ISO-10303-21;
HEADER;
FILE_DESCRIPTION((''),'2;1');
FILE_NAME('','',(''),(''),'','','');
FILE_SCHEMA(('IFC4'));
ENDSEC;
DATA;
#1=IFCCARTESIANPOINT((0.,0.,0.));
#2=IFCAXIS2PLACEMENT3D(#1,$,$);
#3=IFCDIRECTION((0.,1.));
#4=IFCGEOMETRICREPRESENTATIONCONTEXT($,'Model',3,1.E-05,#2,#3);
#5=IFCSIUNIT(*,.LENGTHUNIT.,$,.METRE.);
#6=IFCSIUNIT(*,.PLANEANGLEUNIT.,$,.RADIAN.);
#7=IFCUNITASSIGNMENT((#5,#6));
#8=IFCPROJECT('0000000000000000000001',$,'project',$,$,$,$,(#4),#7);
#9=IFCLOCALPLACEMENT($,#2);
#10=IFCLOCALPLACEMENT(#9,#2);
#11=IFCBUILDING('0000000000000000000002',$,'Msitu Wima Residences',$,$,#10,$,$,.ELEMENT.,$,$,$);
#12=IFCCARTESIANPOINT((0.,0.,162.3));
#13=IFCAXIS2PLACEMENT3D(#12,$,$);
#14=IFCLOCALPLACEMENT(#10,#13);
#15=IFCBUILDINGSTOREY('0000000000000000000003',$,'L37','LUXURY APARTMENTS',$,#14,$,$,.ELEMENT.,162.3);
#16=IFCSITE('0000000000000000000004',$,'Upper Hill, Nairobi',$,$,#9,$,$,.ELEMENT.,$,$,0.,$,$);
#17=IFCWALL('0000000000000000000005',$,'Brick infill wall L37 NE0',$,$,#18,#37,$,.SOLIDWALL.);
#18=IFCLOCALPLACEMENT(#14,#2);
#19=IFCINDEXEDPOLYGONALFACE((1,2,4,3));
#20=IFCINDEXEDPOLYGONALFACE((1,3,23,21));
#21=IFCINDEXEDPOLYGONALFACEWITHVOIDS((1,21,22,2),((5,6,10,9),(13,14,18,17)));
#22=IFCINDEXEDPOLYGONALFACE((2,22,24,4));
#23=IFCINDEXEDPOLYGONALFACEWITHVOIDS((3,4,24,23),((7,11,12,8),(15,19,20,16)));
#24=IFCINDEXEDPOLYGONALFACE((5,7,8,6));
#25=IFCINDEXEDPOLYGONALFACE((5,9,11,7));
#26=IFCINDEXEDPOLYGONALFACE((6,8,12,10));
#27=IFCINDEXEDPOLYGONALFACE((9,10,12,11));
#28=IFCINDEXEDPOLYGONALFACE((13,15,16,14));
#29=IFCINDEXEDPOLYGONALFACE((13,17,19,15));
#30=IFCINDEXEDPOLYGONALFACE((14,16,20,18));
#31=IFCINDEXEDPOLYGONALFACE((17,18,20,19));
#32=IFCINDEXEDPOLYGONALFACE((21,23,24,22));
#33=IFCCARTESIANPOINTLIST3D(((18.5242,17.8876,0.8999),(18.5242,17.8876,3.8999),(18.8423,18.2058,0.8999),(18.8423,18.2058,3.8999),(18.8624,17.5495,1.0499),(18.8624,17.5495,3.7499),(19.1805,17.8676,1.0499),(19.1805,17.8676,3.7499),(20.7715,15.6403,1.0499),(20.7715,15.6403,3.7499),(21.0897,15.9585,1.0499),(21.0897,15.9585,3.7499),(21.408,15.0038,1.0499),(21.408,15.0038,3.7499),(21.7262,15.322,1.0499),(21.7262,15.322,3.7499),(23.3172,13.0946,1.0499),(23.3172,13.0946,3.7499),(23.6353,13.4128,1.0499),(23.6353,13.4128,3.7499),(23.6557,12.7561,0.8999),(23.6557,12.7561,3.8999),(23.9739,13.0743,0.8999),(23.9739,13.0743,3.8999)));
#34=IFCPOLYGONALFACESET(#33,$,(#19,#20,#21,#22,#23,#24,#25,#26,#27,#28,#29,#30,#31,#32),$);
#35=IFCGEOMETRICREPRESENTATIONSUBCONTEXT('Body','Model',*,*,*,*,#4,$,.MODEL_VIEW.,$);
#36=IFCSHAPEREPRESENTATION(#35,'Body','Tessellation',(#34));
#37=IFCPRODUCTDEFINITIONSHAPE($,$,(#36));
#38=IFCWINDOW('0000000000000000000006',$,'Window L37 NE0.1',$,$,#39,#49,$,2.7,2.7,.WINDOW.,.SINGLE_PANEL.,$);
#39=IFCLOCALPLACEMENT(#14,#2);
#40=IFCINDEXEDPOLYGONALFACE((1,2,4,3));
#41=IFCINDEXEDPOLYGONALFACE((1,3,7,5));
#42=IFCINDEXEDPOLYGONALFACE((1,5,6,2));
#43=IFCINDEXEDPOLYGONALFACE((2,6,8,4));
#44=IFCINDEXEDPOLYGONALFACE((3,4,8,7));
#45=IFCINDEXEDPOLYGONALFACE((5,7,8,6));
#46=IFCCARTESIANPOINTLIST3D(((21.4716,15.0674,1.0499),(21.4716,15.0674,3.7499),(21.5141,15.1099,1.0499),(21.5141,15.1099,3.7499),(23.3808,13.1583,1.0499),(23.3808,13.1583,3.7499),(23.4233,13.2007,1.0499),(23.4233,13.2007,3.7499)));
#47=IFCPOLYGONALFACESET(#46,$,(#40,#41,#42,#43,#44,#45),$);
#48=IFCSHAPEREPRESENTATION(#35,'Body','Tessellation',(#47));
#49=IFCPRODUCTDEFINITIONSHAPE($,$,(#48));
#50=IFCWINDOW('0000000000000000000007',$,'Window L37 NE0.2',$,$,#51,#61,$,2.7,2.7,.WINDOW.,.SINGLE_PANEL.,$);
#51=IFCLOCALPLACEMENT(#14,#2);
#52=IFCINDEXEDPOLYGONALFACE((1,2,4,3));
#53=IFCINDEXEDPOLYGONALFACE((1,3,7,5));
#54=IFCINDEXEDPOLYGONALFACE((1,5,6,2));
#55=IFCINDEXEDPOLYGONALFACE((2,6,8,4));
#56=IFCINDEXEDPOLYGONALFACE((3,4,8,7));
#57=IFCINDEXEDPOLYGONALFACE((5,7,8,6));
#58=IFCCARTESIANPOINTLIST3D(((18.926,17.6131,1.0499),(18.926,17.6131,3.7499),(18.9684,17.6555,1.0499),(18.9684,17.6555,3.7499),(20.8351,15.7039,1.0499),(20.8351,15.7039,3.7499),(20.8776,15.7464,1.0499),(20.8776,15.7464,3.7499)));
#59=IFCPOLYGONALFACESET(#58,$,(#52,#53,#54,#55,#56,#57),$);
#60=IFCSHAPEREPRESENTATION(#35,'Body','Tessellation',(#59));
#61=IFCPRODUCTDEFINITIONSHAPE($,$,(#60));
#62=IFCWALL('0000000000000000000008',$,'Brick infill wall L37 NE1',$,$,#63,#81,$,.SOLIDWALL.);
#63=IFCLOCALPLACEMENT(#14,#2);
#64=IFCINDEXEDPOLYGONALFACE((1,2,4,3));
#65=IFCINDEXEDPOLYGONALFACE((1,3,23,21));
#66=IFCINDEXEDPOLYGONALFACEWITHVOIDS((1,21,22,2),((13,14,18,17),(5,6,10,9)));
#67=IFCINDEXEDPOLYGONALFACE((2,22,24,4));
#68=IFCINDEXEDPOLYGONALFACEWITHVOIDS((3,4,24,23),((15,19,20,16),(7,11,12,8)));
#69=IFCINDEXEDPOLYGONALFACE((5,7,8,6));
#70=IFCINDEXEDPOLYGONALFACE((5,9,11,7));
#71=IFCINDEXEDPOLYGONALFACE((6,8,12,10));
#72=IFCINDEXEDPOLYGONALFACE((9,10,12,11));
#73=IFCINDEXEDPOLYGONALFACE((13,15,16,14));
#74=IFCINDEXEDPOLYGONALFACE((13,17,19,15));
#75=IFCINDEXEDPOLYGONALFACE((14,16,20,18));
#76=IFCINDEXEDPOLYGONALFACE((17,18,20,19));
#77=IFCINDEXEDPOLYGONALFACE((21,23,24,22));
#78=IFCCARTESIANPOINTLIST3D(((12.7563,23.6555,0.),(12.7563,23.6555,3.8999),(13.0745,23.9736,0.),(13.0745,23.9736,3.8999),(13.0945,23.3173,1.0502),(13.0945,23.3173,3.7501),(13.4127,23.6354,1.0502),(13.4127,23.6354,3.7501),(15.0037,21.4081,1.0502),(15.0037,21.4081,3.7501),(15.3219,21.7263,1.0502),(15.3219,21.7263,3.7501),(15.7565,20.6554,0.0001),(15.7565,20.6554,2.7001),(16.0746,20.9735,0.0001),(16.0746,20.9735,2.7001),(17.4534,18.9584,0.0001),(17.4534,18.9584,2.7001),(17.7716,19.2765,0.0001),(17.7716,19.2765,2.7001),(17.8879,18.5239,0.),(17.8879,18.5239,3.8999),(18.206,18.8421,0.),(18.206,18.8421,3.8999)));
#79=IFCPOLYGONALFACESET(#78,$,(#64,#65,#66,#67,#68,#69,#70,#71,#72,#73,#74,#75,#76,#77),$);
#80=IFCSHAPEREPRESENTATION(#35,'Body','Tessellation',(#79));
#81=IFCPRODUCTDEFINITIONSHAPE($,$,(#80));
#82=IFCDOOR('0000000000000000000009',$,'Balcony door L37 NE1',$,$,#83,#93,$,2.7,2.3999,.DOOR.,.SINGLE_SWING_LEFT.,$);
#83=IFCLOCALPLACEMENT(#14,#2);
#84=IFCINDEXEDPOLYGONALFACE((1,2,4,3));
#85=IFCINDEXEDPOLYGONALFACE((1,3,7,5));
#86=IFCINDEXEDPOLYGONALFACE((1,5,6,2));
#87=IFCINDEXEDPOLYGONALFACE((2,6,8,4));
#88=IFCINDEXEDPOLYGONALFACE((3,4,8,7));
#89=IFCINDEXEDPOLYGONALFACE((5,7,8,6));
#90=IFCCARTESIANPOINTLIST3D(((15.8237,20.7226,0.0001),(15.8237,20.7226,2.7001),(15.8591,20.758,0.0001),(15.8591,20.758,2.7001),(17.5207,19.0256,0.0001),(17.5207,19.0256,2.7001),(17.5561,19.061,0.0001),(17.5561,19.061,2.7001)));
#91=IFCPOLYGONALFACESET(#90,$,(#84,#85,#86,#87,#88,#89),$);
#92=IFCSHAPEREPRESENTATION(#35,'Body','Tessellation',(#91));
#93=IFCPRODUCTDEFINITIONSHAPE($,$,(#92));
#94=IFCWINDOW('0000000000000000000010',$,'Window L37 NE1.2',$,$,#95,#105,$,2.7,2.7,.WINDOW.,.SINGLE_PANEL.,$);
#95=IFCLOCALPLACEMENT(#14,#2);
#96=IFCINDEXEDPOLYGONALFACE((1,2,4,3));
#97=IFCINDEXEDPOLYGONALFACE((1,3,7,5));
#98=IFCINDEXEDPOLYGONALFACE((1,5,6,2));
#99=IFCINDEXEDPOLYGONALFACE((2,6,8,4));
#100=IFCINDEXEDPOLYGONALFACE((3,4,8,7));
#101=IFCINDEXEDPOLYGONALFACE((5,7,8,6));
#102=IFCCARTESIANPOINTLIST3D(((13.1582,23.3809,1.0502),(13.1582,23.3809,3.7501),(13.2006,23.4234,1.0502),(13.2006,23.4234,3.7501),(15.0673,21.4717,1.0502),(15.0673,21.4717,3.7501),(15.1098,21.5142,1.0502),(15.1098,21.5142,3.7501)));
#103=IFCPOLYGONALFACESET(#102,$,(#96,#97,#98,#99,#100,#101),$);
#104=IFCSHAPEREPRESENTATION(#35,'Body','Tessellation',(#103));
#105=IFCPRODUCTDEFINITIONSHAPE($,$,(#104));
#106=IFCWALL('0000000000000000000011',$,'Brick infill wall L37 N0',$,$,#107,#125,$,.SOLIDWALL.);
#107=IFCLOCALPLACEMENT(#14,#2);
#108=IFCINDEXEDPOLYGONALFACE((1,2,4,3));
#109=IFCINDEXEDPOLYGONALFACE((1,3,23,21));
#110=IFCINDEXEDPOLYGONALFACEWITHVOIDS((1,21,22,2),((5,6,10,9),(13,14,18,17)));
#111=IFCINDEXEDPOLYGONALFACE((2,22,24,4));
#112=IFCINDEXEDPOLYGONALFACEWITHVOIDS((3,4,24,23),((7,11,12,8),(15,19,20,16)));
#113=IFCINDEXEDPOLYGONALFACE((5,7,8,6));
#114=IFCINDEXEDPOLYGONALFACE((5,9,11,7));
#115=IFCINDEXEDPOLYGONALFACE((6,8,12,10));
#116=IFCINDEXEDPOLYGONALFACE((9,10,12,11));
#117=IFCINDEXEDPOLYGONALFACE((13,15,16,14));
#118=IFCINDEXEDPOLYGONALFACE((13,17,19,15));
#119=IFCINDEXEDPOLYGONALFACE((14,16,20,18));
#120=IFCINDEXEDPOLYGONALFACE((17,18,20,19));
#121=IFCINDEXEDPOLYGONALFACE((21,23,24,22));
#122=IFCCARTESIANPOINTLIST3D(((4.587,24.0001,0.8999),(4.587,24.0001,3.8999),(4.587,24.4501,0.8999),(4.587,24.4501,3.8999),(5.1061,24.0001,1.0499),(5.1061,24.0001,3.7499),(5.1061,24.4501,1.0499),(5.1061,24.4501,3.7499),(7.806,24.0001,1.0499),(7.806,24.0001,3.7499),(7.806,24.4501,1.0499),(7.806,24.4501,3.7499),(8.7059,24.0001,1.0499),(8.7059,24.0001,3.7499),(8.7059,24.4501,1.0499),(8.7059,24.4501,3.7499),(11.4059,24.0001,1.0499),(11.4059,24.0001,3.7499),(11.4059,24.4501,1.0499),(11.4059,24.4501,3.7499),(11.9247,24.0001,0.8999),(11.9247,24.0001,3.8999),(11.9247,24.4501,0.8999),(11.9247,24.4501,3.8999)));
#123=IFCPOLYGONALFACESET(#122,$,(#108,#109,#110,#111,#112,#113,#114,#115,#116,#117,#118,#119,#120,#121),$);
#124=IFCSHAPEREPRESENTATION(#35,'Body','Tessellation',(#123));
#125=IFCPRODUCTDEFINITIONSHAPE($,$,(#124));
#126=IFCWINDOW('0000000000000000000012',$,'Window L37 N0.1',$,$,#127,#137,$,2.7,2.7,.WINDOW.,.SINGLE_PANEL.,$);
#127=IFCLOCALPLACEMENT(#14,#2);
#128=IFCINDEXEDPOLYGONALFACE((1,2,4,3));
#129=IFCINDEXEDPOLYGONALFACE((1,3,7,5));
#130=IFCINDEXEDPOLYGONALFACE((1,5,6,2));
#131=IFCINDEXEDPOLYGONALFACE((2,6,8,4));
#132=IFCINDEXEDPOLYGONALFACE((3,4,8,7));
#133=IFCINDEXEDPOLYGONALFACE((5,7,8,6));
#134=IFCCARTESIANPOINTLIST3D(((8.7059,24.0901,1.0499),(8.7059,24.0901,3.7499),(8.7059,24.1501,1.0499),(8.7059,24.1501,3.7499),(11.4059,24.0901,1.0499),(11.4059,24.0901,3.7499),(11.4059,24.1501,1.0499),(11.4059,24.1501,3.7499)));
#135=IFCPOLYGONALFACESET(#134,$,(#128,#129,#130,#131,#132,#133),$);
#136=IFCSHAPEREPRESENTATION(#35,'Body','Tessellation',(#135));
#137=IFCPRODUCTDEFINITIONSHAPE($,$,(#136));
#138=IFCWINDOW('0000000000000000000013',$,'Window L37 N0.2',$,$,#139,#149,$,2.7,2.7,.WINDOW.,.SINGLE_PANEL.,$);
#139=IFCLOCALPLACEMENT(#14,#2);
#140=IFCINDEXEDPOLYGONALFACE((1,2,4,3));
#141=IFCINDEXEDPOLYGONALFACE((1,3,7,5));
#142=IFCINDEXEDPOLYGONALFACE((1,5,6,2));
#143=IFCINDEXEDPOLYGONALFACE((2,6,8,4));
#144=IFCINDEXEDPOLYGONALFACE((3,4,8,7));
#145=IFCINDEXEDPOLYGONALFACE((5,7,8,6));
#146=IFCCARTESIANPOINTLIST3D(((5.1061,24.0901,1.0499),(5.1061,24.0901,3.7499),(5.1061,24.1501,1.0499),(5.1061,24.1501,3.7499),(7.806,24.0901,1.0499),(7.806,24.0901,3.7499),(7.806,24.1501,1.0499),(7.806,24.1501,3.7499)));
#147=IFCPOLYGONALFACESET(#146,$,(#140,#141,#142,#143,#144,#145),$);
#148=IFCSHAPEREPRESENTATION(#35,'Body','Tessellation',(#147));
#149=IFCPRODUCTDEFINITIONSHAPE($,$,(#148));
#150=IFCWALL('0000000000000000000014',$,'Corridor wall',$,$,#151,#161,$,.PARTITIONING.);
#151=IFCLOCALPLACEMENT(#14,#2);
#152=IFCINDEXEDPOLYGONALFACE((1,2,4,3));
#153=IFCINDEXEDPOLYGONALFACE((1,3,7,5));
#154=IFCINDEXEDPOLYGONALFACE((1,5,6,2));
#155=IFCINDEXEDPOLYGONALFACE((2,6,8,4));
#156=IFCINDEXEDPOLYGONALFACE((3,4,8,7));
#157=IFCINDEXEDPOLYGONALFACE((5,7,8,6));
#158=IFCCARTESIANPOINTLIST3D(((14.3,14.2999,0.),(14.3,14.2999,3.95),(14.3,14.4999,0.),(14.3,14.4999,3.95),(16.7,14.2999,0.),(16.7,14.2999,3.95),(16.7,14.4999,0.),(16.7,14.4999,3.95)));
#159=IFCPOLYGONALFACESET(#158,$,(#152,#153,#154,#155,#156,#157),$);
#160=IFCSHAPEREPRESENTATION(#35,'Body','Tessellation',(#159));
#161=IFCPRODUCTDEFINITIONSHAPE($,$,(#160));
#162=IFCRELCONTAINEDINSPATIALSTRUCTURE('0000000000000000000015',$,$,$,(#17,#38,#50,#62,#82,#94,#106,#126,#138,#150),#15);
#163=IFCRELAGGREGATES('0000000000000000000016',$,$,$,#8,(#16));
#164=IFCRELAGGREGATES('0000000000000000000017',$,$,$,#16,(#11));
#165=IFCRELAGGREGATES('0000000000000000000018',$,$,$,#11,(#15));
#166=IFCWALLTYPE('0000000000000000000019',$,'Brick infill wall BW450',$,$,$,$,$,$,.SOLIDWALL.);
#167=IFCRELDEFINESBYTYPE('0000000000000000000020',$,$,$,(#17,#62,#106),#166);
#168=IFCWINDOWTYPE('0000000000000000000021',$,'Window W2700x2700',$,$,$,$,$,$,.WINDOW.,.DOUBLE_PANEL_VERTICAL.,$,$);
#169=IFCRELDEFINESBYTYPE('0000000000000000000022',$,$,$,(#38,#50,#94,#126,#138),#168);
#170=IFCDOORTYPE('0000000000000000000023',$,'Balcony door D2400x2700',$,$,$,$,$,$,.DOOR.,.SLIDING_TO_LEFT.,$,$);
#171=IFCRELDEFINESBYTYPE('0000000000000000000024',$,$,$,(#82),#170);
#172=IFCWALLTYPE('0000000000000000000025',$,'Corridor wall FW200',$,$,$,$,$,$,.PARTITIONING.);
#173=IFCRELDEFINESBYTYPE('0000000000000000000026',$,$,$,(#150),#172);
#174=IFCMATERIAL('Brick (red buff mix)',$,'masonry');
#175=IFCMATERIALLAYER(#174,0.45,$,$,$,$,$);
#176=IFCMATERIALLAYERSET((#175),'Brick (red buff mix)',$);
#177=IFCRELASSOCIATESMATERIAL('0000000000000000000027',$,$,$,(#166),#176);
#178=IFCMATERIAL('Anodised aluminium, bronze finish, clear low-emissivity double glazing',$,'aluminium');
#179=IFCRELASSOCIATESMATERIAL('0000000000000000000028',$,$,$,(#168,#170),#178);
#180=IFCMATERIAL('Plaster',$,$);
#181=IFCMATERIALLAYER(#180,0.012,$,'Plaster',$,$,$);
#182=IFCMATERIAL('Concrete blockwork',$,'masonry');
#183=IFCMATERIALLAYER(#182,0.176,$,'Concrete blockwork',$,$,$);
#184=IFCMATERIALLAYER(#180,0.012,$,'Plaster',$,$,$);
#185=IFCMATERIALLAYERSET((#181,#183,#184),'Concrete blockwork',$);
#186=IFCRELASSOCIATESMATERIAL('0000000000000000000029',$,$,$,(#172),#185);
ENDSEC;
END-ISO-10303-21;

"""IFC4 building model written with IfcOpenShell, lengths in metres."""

from ifc_helpers import new_model, si_unit, direction, frame, frame_2d, origin, place, context, subcontext, project, spatial, rectangle, extrude, material, layer, layer_set, type_object, element, fill, save


model = new_model("IFC4")

# Units and contexts
model_context = context("Model", 3, precision=1e-05, world=origin(), true_north=direction((0.0, 1.0)))
body_context = subcontext(model_context, "Body", "Model", "MODEL_VIEW")
ifc_project = project(units=[si_unit("LENGTHUNIT", "METRE"), si_unit("PLANEANGLEUNIT", "RADIAN")], contexts=[model_context])

# Site, building, storey
site_placement = place(None, origin())
site = spatial("IfcSite", under=ifc_project, at=site_placement, Name="Upper Hill, Nairobi", CompositionType="ELEMENT", RefElevation=0.0)
building_placement = place(site_placement, origin())
building = spatial("IfcBuilding", under=site, at=building_placement, Name="Msitu Wima Residences", CompositionType="ELEMENT")
storey_placement = place(building_placement, frame((0.0, 0.0, 162.3)))
storey = spatial("IfcBuildingStorey", under=building, at=storey_placement, Name="L37", Description="LUXURY APARTMENTS", CompositionType="ELEMENT", Elevation=162.3)

# Wall, openings, windows
ifc_material_1 = material(Name="Brick (red buff mix)", Category="masonry")
ifc_layer_1 = layer(ifc_material_1, 0.45)
ifc_layer_set_1 = layer_set([ifc_layer_1], Name="Brick (red buff mix)")
wall_type_1 = type_object("IfcWallType", Name="Brick infill wall BW450", PredefinedType="SOLIDWALL", material=ifc_layer_set_1)
wall_1_placement = place(storey_placement, frame((23.8147, 12.9153, 0.8999), z_axis=(0.0, 0.0, 1.0), x_axis=(-0.707107, 0.707107, 0.0)))
wall_1 = element("IfcWall", 1, at=wall_1_placement, inside=storey, type_object=wall_type_1, Name="Brick infill wall L37 NE0", PredefinedType="SOLIDWALL", context=body_context, shape_type="SweptSolid", body=[
    extrude(rectangle(XDim=7.2571, YDim=0.45, at=frame_2d((3.6284, 0.0))), origin(), (0.0, 0.0, 1.0), 3.0),
])
opening_1_placement = place(wall_1_placement, frame((0.4785, 0.0, 0.1499)))
opening_1 = element("IfcOpeningElement", 2, at=opening_1_placement, cuts=wall_1, PredefinedType="OPENING", context=body_context, shape_type="SweptSolid", body=[
    extrude(rectangle(XDim=2.7, YDim=2.7, at=frame_2d((1.3501, 1.3501))), frame((0.0, 0.2349, 0.0), z_axis=(0.0, -1.0, 0.0), x_axis=(1.0, 0.0, 0.0)), (0.0, 0.0, 1.0), 0.47),
])
opening_2_placement = place(wall_1_placement, frame((4.0786, 0.0, 0.1499)))
opening_2 = element("IfcOpeningElement", 3, at=opening_2_placement, cuts=wall_1, PredefinedType="OPENING", context=body_context, shape_type="SweptSolid", body=[
    extrude(rectangle(XDim=2.7, YDim=2.7, at=frame_2d((1.3501, 1.3501))), frame((0.0, 0.2349, 0.0), z_axis=(0.0, -1.0, 0.0), x_axis=(1.0, 0.0, 0.0)), (0.0, 0.0, 1.0), 0.47),
])
ifc_material_2 = material(Name="Anodised aluminium, bronze finish, clear low-emissivity double glazing", Category="aluminium")
window_type = type_object("IfcWindowType", Name="Window W2700x2700", PartitioningType="DOUBLE_PANEL_VERTICAL", PredefinedType="WINDOW", material=ifc_material_2)
window_1_placement = place(opening_1_placement, origin())
window_1 = element("IfcWindow", 4, at=window_1_placement, inside=storey, type_object=window_type, Name="Window L37 NE0.1", OverallHeight=2.7, OverallWidth=2.7, PartitioningType="SINGLE_PANEL", PredefinedType="WINDOW", context=body_context, shape_type="SweptSolid", body=[
    extrude(rectangle(XDim=2.7, YDim=2.7, at=frame_2d((1.3501, 1.3501))), frame((0.0, 0.135, 0.0), z_axis=(0.0, -1.0, 0.0), x_axis=(1.0, 0.0, 0.0)), (0.0, 0.0, 1.0), 0.0601),
])
fill(opening_1, window_1)
window_2_placement = place(opening_2_placement, origin())
window_2 = element("IfcWindow", 5, at=window_2_placement, inside=storey, type_object=window_type, Name="Window L37 NE0.2", OverallHeight=2.7, OverallWidth=2.7, PartitioningType="SINGLE_PANEL", PredefinedType="WINDOW", context=body_context, shape_type="SweptSolid", body=[
    extrude(rectangle(XDim=2.7, YDim=2.7, at=frame_2d((1.3501, 1.3501))), frame((0.0, 0.135, 0.0), z_axis=(0.0, -1.0, 0.0), x_axis=(1.0, 0.0, 0.0)), (0.0, 0.0, 1.0), 0.0601),
])
fill(opening_2, window_2)

# Wall, openings, door, window
wall_2_placement = place(storey_placement, frame((18.0469, 18.6831, 0.0), z_axis=(0.0, 0.0, 1.0), x_axis=(-0.707107, 0.707107, 0.0)))
wall_2 = element("IfcWall", 6, at=wall_2_placement, inside=storey, type_object=wall_type_1, Name="Brick infill wall L37 NE1", PredefinedType="SOLIDWALL", context=body_context, shape_type="SweptSolid", body=[
    extrude(rectangle(XDim=7.2571, YDim=0.45, at=frame_2d((3.6284, 0.0))), origin(), (0.0, 0.0, 1.0), 3.8999),
])
opening_3_placement = place(wall_2_placement, frame((0.6143, 0.0, 0.0)))
opening_3 = element("IfcOpeningElement", 7, at=opening_3_placement, cuts=wall_2, PredefinedType="OPENING", context=body_context, shape_type="SweptSolid", body=[
    extrude(rectangle(XDim=2.3999, YDim=2.7, at=frame_2d((1.2, 1.3501))), frame((0.0, 0.2349, 0.0), z_axis=(0.0, -1.0, 0.0), x_axis=(1.0, 0.0, 0.0)), (0.0, 0.0, 1.0), 0.47),
])
opening_4_placement = place(wall_2_placement, frame((4.0786, 0.0, 1.05)))
opening_4 = element("IfcOpeningElement", 8, at=opening_4_placement, cuts=wall_2, PredefinedType="OPENING", context=body_context, shape_type="SweptSolid", body=[
    extrude(rectangle(XDim=2.7, YDim=2.7, at=frame_2d((1.3501, 1.3501))), frame((0.0, 0.2349, 0.0), z_axis=(0.0, -1.0, 0.0), x_axis=(1.0, 0.0, 0.0)), (0.0, 0.0, 1.0), 0.47),
])
door_type_1 = type_object("IfcDoorType", Name="Balcony door D2400x2700", OperationType="SLIDING_TO_LEFT", PredefinedType="DOOR", material=ifc_material_2)
door_1_placement = place(opening_3_placement, origin())
door_1 = element("IfcDoor", 9, at=door_1_placement, inside=storey, type_object=door_type_1, Name="Balcony door L37 NE1", OperationType="SINGLE_SWING_LEFT", OverallHeight=2.7, OverallWidth=2.3999, PredefinedType="DOOR", context=body_context, shape_type="SweptSolid", body=[
    extrude(rectangle(XDim=2.3999, YDim=2.7, at=frame_2d((1.2, 1.3501))), frame((0.0, 0.1299, 0.0), z_axis=(0.0, -1.0, 0.0), x_axis=(1.0, 0.0, 0.0)), (0.0, 0.0, 1.0), 0.05),
])
fill(opening_3, door_1)
window_3_placement = place(opening_4_placement, origin())
window_3 = element("IfcWindow", 10, at=window_3_placement, inside=storey, type_object=window_type, Name="Window L37 NE1.2", OverallHeight=2.7, OverallWidth=2.7, PartitioningType="SINGLE_PANEL", PredefinedType="WINDOW", context=body_context, shape_type="SweptSolid", body=[
    extrude(rectangle(XDim=2.7, YDim=2.7, at=frame_2d((1.3501, 1.3501))), frame((0.0, 0.135, 0.0), z_axis=(0.0, -1.0, 0.0), x_axis=(1.0, 0.0, 0.0)), (0.0, 0.0, 1.0), 0.0601),
])
fill(opening_4, window_3)

# Wall, openings, windows
wall_3_placement = place(storey_placement, frame((11.9248, 24.2251, 0.8999), z_axis=(0.0, 0.0, 1.0), x_axis=(-1.0, 0.0, 0.0)))
wall_3 = element("IfcWall", 11, at=wall_3_placement, inside=storey, type_object=wall_type_1, Name="Brick infill wall L37 N0", PredefinedType="SOLIDWALL", context=body_context, shape_type="SweptSolid", body=[
    extrude(rectangle(XDim=7.3376, YDim=0.45, at=frame_2d((3.6689, 0.0))), origin(), (0.0, 0.0, 1.0), 3.0),
])
opening_5_placement = place(wall_3_placement, frame((0.5188, 0.0, 0.1499)))
opening_5 = element("IfcOpeningElement", 12, at=opening_5_placement, cuts=wall_3, PredefinedType="OPENING", context=body_context, shape_type="SweptSolid", body=[
    extrude(rectangle(XDim=2.7, YDim=2.7, at=frame_2d((1.3501, 1.3501))), frame((0.0, 0.2349, 0.0), z_axis=(0.0, -1.0, 0.0), x_axis=(1.0, 0.0, 0.0)), (0.0, 0.0, 1.0), 0.47),
])
opening_6_placement = place(wall_3_placement, frame((4.1187, 0.0, 0.1499)))
opening_6 = element("IfcOpeningElement", 13, at=opening_6_placement, cuts=wall_3, PredefinedType="OPENING", context=body_context, shape_type="SweptSolid", body=[
    extrude(rectangle(XDim=2.7, YDim=2.7, at=frame_2d((1.3501, 1.3501))), frame((0.0, 0.2349, 0.0), z_axis=(0.0, -1.0, 0.0), x_axis=(1.0, 0.0, 0.0)), (0.0, 0.0, 1.0), 0.47),
])
window_4_placement = place(opening_5_placement, origin())
window_4 = element("IfcWindow", 14, at=window_4_placement, inside=storey, type_object=window_type, Name="Window L37 N0.1", OverallHeight=2.7, OverallWidth=2.7, PartitioningType="SINGLE_PANEL", PredefinedType="WINDOW", context=body_context, shape_type="SweptSolid", body=[
    extrude(rectangle(XDim=2.7, YDim=2.7, at=frame_2d((1.3501, 1.3501))), frame((0.0, 0.135, 0.0), z_axis=(0.0, -1.0, 0.0), x_axis=(1.0, 0.0, 0.0)), (0.0, 0.0, 1.0), 0.0601),
])
fill(opening_5, window_4)
window_5_placement = place(opening_6_placement, origin())
window_5 = element("IfcWindow", 15, at=window_5_placement, inside=storey, type_object=window_type, Name="Window L37 N0.2", OverallHeight=2.7, OverallWidth=2.7, PartitioningType="SINGLE_PANEL", PredefinedType="WINDOW", context=body_context, shape_type="SweptSolid", body=[
    extrude(rectangle(XDim=2.7, YDim=2.7, at=frame_2d((1.3501, 1.3501))), frame((0.0, 0.135, 0.0), z_axis=(0.0, -1.0, 0.0), x_axis=(1.0, 0.0, 0.0)), (0.0, 0.0, 1.0), 0.0601),
])
fill(opening_6, window_5)

# Wall
ifc_material_3 = material(Name="Plaster")
ifc_layer_2 = layer(ifc_material_3, 0.012, Name="Plaster")
ifc_material_4 = material(Name="Concrete blockwork", Category="masonry")
ifc_layer_3 = layer(ifc_material_4, 0.176, Name="Concrete blockwork")
ifc_layer_4 = layer(ifc_material_3, 0.012, Name="Plaster")
ifc_layer_set_2 = layer_set([ifc_layer_2, ifc_layer_3, ifc_layer_4], Name="Concrete blockwork")
wall_type_2 = type_object("IfcWallType", Name="Corridor wall FW200", PredefinedType="PARTITIONING", material=ifc_layer_set_2)
wall_4_placement = place(storey_placement, frame((14.3, 14.3999, 0.0), z_axis=(0.0, 0.0, 1.0), x_axis=(1.0, 0.0, 0.0)))
element("IfcWall", 16, at=wall_4_placement, inside=storey, type_object=wall_type_2, Name="Corridor wall", PredefinedType="PARTITIONING", context=body_context, shape_type="SweptSolid", body=[
    extrude(rectangle(XDim=2.3999, YDim=0.2, at=frame_2d((1.2, 0.0))), origin(), (0.0, 0.0, 1.0), 3.95),
])

save(model, "model.ifc")
